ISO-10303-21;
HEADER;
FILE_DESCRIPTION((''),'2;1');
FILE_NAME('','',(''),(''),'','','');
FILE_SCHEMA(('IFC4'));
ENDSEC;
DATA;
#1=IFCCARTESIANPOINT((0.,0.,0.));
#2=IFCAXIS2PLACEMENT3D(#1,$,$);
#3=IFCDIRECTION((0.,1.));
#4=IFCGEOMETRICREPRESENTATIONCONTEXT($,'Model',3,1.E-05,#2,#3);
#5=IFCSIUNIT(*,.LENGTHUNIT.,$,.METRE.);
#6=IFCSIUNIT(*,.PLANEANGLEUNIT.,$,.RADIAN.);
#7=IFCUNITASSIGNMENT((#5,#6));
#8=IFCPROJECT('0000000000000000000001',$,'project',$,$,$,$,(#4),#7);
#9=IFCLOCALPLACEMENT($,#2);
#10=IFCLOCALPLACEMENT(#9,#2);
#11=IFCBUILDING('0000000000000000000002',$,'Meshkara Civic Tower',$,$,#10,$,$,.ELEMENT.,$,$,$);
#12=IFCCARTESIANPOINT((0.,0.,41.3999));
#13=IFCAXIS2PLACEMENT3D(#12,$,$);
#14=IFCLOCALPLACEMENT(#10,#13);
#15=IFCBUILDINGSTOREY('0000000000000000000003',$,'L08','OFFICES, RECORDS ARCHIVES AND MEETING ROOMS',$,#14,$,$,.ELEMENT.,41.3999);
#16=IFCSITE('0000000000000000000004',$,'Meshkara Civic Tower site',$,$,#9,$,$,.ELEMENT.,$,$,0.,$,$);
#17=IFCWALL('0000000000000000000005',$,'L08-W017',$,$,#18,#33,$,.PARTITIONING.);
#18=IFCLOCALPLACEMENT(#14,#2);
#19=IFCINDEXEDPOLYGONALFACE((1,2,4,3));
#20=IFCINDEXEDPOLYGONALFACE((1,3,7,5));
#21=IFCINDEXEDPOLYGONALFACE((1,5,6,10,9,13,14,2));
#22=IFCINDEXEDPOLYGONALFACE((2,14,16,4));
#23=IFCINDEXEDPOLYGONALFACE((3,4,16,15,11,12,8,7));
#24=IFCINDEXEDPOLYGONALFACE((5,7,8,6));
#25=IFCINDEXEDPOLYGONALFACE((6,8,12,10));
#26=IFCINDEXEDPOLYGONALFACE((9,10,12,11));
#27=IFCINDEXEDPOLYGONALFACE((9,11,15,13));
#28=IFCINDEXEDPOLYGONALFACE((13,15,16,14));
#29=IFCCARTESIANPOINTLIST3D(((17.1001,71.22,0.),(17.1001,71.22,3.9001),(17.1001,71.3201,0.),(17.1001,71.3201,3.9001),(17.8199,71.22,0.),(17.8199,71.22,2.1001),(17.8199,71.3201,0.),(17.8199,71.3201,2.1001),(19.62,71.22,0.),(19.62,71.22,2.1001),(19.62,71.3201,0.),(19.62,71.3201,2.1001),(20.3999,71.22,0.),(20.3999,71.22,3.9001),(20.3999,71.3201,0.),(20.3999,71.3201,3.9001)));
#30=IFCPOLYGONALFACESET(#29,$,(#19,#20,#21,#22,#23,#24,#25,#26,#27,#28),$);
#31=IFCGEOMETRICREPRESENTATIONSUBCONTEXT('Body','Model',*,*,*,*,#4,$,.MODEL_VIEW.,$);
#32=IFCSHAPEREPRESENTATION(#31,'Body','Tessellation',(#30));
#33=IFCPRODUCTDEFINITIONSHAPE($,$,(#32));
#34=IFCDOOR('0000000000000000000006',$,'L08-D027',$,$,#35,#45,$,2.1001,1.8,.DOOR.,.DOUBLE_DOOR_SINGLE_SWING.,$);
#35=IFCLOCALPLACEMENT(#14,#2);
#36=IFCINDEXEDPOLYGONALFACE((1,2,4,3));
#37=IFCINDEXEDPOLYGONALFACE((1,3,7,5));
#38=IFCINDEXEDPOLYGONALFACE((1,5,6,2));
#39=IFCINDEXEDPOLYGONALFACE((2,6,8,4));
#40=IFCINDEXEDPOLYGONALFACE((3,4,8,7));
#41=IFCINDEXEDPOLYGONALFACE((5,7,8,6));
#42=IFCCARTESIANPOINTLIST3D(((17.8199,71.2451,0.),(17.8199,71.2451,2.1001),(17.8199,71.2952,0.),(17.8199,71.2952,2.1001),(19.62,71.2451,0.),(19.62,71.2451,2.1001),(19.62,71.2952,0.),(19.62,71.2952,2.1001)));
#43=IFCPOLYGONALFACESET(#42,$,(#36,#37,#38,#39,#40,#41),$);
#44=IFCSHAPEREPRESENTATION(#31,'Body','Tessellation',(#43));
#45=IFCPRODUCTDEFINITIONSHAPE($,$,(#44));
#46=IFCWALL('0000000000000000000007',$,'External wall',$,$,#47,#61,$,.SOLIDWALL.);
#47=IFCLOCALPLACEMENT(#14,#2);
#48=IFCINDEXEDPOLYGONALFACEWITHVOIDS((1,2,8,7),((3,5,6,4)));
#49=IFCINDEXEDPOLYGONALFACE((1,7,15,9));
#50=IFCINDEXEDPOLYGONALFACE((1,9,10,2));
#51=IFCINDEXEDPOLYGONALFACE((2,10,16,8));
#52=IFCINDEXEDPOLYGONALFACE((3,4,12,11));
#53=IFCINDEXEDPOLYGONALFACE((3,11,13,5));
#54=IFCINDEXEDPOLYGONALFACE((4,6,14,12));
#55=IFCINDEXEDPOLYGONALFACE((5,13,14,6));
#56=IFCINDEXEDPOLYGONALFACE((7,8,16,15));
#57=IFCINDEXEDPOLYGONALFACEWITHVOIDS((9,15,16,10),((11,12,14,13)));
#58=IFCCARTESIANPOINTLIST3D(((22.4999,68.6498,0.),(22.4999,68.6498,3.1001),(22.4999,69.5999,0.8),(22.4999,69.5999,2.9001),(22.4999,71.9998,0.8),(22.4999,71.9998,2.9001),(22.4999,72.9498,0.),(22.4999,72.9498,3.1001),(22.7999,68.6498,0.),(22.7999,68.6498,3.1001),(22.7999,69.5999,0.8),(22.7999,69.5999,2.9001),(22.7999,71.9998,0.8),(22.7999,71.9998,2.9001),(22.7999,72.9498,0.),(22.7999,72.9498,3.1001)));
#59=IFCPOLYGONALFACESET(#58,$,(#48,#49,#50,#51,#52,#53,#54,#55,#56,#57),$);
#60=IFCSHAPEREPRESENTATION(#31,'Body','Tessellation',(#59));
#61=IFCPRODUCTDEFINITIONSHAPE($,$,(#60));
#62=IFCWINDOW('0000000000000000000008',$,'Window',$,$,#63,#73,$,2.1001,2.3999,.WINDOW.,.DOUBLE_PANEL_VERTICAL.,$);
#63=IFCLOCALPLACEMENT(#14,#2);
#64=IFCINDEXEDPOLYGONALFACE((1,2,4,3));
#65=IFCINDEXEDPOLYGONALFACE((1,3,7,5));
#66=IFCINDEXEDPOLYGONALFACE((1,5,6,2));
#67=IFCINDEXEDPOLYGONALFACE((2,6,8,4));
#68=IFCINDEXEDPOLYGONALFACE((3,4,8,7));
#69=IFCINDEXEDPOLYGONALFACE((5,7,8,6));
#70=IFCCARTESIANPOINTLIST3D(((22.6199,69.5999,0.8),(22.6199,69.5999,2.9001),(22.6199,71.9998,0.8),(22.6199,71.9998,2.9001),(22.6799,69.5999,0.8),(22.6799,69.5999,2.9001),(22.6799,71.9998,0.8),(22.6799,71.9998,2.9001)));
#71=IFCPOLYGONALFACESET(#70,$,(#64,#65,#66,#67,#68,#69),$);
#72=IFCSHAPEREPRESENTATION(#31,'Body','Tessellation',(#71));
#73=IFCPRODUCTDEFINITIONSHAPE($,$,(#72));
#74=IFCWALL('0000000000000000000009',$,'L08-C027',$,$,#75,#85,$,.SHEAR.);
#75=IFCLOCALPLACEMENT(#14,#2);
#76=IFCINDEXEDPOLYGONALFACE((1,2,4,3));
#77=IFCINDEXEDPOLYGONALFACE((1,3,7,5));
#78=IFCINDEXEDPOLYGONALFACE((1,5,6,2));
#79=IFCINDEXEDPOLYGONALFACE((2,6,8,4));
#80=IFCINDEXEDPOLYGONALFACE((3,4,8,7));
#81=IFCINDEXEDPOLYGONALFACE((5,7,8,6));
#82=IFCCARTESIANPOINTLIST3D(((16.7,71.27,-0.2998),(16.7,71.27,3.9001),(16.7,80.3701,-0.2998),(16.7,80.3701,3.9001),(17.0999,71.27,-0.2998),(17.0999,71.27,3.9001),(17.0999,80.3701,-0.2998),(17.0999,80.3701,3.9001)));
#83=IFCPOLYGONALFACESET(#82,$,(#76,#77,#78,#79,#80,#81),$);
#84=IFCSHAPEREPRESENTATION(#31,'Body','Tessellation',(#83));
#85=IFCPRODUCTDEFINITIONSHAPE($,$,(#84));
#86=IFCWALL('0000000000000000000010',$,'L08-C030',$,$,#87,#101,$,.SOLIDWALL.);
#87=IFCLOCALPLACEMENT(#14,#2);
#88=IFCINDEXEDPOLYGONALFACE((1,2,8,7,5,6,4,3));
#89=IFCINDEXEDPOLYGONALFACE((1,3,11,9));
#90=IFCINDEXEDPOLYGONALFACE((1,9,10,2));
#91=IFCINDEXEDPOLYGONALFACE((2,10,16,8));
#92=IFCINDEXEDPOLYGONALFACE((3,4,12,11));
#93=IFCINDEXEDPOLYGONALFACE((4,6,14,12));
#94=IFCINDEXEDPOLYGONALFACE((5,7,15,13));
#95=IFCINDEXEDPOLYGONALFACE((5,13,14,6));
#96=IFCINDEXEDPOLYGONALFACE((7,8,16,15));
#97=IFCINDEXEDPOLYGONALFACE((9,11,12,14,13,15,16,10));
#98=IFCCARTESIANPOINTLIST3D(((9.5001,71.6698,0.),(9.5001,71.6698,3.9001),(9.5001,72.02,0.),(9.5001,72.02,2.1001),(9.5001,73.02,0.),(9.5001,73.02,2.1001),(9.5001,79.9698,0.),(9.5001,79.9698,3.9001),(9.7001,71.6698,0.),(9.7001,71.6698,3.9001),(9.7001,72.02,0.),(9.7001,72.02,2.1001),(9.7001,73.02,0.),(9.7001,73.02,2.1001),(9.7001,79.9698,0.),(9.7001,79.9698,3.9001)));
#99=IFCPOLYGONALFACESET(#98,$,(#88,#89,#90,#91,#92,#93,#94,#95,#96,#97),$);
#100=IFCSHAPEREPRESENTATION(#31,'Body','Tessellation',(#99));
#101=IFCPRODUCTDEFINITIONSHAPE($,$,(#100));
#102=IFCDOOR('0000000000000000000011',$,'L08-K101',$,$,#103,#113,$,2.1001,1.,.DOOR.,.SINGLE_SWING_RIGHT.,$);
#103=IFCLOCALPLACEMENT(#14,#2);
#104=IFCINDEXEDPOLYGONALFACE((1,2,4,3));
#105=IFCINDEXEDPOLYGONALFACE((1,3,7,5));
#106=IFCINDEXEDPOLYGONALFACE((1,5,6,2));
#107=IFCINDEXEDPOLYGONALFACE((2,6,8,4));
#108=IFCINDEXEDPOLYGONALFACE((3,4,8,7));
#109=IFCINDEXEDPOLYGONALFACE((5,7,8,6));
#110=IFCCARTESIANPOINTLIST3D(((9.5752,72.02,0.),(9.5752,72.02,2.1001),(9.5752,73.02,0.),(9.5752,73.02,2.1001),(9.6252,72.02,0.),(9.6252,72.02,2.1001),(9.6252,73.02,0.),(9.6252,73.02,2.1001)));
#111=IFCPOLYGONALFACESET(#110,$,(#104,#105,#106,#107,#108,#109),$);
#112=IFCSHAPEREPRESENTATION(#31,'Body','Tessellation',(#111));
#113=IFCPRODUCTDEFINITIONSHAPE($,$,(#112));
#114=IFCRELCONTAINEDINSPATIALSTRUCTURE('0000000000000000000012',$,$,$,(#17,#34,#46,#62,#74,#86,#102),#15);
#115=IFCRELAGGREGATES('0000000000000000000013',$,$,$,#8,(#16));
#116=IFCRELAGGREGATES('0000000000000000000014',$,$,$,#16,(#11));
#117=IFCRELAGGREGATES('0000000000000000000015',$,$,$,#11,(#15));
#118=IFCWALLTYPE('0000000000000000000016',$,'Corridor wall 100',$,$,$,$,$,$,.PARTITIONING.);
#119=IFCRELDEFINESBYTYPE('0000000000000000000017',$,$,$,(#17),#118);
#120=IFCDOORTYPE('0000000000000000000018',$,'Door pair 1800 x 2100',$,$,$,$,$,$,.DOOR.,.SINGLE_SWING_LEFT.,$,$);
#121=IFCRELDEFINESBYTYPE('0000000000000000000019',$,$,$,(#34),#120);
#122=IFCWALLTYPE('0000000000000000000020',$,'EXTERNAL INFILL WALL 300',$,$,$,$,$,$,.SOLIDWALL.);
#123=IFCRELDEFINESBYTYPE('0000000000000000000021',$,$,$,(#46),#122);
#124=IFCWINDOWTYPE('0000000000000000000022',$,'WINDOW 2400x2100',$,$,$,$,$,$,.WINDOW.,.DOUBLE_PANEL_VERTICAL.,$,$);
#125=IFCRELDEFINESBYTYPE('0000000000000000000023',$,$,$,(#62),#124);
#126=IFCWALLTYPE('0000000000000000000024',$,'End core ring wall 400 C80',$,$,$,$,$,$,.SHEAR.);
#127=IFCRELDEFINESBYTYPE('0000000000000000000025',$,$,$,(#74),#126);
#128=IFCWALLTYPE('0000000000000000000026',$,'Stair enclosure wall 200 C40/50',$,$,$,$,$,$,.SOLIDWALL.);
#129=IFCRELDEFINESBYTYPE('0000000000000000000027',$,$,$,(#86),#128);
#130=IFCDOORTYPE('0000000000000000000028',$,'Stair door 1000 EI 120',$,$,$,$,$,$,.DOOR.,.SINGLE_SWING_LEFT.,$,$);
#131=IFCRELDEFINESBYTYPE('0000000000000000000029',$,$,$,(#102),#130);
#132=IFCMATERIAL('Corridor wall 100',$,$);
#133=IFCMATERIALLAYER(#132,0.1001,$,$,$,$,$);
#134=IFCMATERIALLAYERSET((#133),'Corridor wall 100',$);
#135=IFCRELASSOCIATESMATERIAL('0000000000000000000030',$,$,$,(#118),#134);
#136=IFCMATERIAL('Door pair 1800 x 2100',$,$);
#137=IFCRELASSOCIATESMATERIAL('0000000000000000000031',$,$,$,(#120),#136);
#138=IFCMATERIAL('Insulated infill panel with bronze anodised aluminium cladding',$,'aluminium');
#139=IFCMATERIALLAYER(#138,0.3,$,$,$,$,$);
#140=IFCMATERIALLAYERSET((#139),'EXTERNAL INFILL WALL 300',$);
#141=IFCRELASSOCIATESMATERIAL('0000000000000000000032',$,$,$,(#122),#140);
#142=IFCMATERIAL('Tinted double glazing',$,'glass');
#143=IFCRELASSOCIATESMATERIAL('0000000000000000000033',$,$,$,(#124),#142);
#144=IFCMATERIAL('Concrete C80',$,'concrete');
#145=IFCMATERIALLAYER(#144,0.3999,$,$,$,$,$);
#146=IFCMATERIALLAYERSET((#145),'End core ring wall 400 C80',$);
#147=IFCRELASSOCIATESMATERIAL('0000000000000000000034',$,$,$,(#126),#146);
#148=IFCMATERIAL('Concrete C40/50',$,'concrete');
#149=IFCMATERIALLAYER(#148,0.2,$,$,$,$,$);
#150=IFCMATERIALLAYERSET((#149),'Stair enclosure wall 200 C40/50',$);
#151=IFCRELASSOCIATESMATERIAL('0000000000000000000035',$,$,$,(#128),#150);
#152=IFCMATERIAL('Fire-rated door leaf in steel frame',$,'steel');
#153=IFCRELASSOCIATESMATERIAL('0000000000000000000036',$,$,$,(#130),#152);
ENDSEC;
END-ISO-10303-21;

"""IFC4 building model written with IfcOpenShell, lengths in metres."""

from ifc_helpers import new_model, si_unit, direction, frame, frame_2d, origin, place, context, subcontext, project, spatial, rectangle, extrude, material, layer, layer_set, type_object, element, fill, save


model = new_model("IFC4")

# Units and contexts
model_context = context("Model", 3, precision=1e-05, world=origin(), true_north=direction((0.0, 1.0)))
body_context = subcontext(model_context, "Body", "Model", "MODEL_VIEW")
ifc_project = project(units=[si_unit("LENGTHUNIT", "METRE"), si_unit("PLANEANGLEUNIT", "RADIAN")], contexts=[model_context])

# Site, building, storey
site_placement = place(None, origin())
site = spatial("IfcSite", under=ifc_project, at=site_placement, Name="Meshkara Civic Tower site", CompositionType="ELEMENT", RefElevation=0.0)
building_placement = place(site_placement, origin())
building = spatial("IfcBuilding", under=site, at=building_placement, Name="Meshkara Civic Tower", CompositionType="ELEMENT")
storey_placement = place(building_placement, frame((0.0, 0.0, 41.3999)))
storey = spatial("IfcBuildingStorey", under=building, at=storey_placement, Name="L08", Description="OFFICES, RECORDS ARCHIVES AND MEETING ROOMS", CompositionType="ELEMENT", Elevation=41.3999)

# Shared definitions
ifc_material_1 = material(Name="Corridor wall 100")
ifc_layer_1 = layer(ifc_material_1, 0.1001)
ifc_layer_set_1 = layer_set([ifc_layer_1], Name="Corridor wall 100")
wall_type_1 = type_object("IfcWallType", Name="Corridor wall 100", PredefinedType="PARTITIONING", material=ifc_layer_set_1)
ifc_material_2 = material(Name="Door pair 1800 x 2100")
door_type_1 = type_object("IfcDoorType", Name="Door pair 1800 x 2100", OperationType="SINGLE_SWING_LEFT", PredefinedType="DOOR", material=ifc_material_2)

# Wall, opening, door
wall_1_placement = place(storey_placement, frame((20.3999, 71.27, 0.0), z_axis=(0.0, 0.0, 1.0), x_axis=(-1.0, 0.0, 0.0)))
wall_1 = element("IfcWall", 1, at=wall_1_placement, inside=storey, type_object=wall_type_1, Name="L08-W017", PredefinedType="PARTITIONING", context=body_context, shape_type="SweptSolid", body=[
    extrude(rectangle(XDim=3.2998, YDim=0.1001, at=frame_2d((1.6499, 0.0))), origin(), (0.0, 0.0, 1.0), 3.9001),
])
opening_1_placement = place(wall_1_placement, frame((0.78, 0.0, 0.0)))
opening_1 = element("IfcOpeningElement", 2, at=opening_1_placement, cuts=wall_1, PredefinedType="OPENING", context=body_context, shape_type="SweptSolid", body=[
    extrude(rectangle(XDim=1.8, YDim=2.1001, at=frame_2d((0.8999, 1.05))), frame((0.0, 0.0601, 0.0), z_axis=(0.0, -1.0, 0.0), x_axis=(1.0, 0.0, 0.0)), (0.0, 0.0, 1.0), 0.1201),
])
door_1_placement = place(opening_1_placement, origin())
door_1 = element("IfcDoor", 3, at=door_1_placement, inside=storey, type_object=door_type_1, Name="L08-D027", OperationType="DOUBLE_DOOR_SINGLE_SWING", OverallHeight=2.1001, OverallWidth=1.8, PredefinedType="DOOR", context=body_context, shape_type="SweptSolid", body=[
    extrude(rectangle(XDim=1.8, YDim=2.1001, at=frame_2d((0.8999, 1.05))), frame((0.0, 0.0249, 0.0), z_axis=(0.0, -1.0, 0.0), x_axis=(1.0, 0.0, 0.0)), (0.0, 0.0, 1.0), 0.05),
])
fill(opening_1, door_1)

# Wall, opening, window
ifc_material_3 = material(Name="Insulated infill panel with bronze anodised aluminium cladding", Category="aluminium")
ifc_layer_2 = layer(ifc_material_3, 0.3)
ifc_layer_set_2 = layer_set([ifc_layer_2], Name="EXTERNAL INFILL WALL 300")
wall_type_2 = type_object("IfcWallType", Name="EXTERNAL INFILL WALL 300", PredefinedType="SOLIDWALL", material=ifc_layer_set_2)
wall_2_placement = place(storey_placement, frame((22.6499, 68.6499, 0.0), z_axis=(0.0, 0.0, 1.0), x_axis=(0.0, 1.0, 0.0)))
wall_2 = element("IfcWall", 4, at=wall_2_placement, inside=storey, type_object=wall_type_2, Name="External wall", PredefinedType="SOLIDWALL", context=body_context, shape_type="SweptSolid", body=[
    extrude(rectangle(XDim=4.3, YDim=0.3, at=frame_2d((2.1499, 0.0))), origin(), (0.0, 0.0, 1.0), 3.1001),
])
opening_2_placement = place(wall_2_placement, frame((0.95, 0.0, 0.8)))
opening_2 = element("IfcOpeningElement", 5, at=opening_2_placement, cuts=wall_2, PredefinedType="OPENING", context=body_context, shape_type="SweptSolid", body=[
    extrude(rectangle(XDim=2.3999, YDim=2.1001, at=frame_2d((1.2, 1.05))), frame((0.0, 0.1599, 0.0), z_axis=(0.0, -1.0, 0.0), x_axis=(1.0, 0.0, 0.0)), (0.0, 0.0, 1.0), 0.3201),
])
ifc_material_4 = material(Name="Tinted double glazing", Category="glass")
window_type = type_object("IfcWindowType", Name="WINDOW 2400x2100", PartitioningType="DOUBLE_PANEL_VERTICAL", PredefinedType="WINDOW", material=ifc_material_4)
window_placement = place(opening_2_placement, origin())
window = element("IfcWindow", 6, at=window_placement, inside=storey, type_object=window_type, Name="Window", OverallHeight=2.1001, OverallWidth=2.3999, PartitioningType="DOUBLE_PANEL_VERTICAL", PredefinedType="WINDOW", context=body_context, shape_type="SweptSolid", body=[
    extrude(rectangle(XDim=2.3999, YDim=2.1001, at=frame_2d((1.2, 1.05))), frame((0.0, 0.03, 0.0), z_axis=(0.0, -1.0, 0.0), x_axis=(1.0, 0.0, 0.0)), (0.0, 0.0, 1.0), 0.0601),
])
fill(opening_2, window)

# Wall
ifc_material_5 = material(Name="Concrete C80", Category="concrete")
ifc_layer_3 = layer(ifc_material_5, 0.3999)
ifc_layer_set_3 = layer_set([ifc_layer_3], Name="End core ring wall 400 C80")
wall_type_3 = type_object("IfcWallType", Name="End core ring wall 400 C80", PredefinedType="SHEAR", material=ifc_layer_set_3)
wall_3_placement = place(storey_placement, frame((16.8999, 71.27, -0.2998), z_axis=(0.0, 0.0, 1.0), x_axis=(0.0, 1.0, 0.0)))
element("IfcWall", 7, at=wall_3_placement, inside=storey, type_object=wall_type_3, Name="L08-C027", PredefinedType="SHEAR", context=body_context, shape_type="SweptSolid", body=[
    extrude(rectangle(XDim=9.1001, YDim=0.3999, at=frame_2d((4.55, 0.0))), origin(), (0.0, 0.0, 1.0), 4.2),
])

# Wall, opening, door
ifc_material_6 = material(Name="Concrete C40/50", Category="concrete")
ifc_layer_4 = layer(ifc_material_6, 0.2)
ifc_layer_set_4 = layer_set([ifc_layer_4], Name="Stair enclosure wall 200 C40/50")
wall_type_4 = type_object("IfcWallType", Name="Stair enclosure wall 200 C40/50", PredefinedType="SOLIDWALL", material=ifc_layer_set_4)
wall_4_placement = place(storey_placement, frame((9.6001, 71.6699, 0.0), z_axis=(0.0, 0.0, 1.0), x_axis=(0.0, 1.0, 0.0)))
wall_4 = element("IfcWall", 8, at=wall_4_placement, inside=storey, type_object=wall_type_4, Name="L08-C030", PredefinedType="SOLIDWALL", context=body_context, shape_type="SweptSolid", body=[
    extrude(rectangle(XDim=8.3, YDim=0.2, at=frame_2d((4.1499, 0.0))), origin(), (0.0, 0.0, 1.0), 3.9001),
])
opening_3_placement = place(wall_4_placement, frame((0.3501, 0.0, 0.0)))
opening_3 = element("IfcOpeningElement", 9, at=opening_3_placement, cuts=wall_4, PredefinedType="OPENING", context=body_context, shape_type="SweptSolid", body=[
    extrude(rectangle(XDim=1.0, YDim=2.1001, at=frame_2d((0.5, 1.05))), frame((0.0, 0.1099, 0.0), z_axis=(0.0, -1.0, 0.0), x_axis=(1.0, 0.0, 0.0)), (0.0, 0.0, 1.0), 0.22),
])
ifc_material_7 = material(Name="Fire-rated door leaf in steel frame", Category="steel")
door_type_2 = type_object("IfcDoorType", Name="Stair door 1000 EI 120", OperationType="SINGLE_SWING_LEFT", PredefinedType="DOOR", material=ifc_material_7)
door_2_placement = place(opening_3_placement, origin())
door_2 = element("IfcDoor", 10, at=door_2_placement, inside=storey, type_object=door_type_2, Name="L08-K101", OperationType="SINGLE_SWING_RIGHT", OverallHeight=2.1001, OverallWidth=1.0, PredefinedType="DOOR", context=body_context, shape_type="SweptSolid", body=[
    extrude(rectangle(XDim=1.0, YDim=2.1001, at=frame_2d((0.5, 1.05))), frame((0.0, 0.0249, 0.0), z_axis=(0.0, -1.0, 0.0), x_axis=(1.0, 0.0, 0.0)), (0.0, 0.0, 1.0), 0.05),
])
fill(opening_3, door_2)

save(model, "model.ifc")
